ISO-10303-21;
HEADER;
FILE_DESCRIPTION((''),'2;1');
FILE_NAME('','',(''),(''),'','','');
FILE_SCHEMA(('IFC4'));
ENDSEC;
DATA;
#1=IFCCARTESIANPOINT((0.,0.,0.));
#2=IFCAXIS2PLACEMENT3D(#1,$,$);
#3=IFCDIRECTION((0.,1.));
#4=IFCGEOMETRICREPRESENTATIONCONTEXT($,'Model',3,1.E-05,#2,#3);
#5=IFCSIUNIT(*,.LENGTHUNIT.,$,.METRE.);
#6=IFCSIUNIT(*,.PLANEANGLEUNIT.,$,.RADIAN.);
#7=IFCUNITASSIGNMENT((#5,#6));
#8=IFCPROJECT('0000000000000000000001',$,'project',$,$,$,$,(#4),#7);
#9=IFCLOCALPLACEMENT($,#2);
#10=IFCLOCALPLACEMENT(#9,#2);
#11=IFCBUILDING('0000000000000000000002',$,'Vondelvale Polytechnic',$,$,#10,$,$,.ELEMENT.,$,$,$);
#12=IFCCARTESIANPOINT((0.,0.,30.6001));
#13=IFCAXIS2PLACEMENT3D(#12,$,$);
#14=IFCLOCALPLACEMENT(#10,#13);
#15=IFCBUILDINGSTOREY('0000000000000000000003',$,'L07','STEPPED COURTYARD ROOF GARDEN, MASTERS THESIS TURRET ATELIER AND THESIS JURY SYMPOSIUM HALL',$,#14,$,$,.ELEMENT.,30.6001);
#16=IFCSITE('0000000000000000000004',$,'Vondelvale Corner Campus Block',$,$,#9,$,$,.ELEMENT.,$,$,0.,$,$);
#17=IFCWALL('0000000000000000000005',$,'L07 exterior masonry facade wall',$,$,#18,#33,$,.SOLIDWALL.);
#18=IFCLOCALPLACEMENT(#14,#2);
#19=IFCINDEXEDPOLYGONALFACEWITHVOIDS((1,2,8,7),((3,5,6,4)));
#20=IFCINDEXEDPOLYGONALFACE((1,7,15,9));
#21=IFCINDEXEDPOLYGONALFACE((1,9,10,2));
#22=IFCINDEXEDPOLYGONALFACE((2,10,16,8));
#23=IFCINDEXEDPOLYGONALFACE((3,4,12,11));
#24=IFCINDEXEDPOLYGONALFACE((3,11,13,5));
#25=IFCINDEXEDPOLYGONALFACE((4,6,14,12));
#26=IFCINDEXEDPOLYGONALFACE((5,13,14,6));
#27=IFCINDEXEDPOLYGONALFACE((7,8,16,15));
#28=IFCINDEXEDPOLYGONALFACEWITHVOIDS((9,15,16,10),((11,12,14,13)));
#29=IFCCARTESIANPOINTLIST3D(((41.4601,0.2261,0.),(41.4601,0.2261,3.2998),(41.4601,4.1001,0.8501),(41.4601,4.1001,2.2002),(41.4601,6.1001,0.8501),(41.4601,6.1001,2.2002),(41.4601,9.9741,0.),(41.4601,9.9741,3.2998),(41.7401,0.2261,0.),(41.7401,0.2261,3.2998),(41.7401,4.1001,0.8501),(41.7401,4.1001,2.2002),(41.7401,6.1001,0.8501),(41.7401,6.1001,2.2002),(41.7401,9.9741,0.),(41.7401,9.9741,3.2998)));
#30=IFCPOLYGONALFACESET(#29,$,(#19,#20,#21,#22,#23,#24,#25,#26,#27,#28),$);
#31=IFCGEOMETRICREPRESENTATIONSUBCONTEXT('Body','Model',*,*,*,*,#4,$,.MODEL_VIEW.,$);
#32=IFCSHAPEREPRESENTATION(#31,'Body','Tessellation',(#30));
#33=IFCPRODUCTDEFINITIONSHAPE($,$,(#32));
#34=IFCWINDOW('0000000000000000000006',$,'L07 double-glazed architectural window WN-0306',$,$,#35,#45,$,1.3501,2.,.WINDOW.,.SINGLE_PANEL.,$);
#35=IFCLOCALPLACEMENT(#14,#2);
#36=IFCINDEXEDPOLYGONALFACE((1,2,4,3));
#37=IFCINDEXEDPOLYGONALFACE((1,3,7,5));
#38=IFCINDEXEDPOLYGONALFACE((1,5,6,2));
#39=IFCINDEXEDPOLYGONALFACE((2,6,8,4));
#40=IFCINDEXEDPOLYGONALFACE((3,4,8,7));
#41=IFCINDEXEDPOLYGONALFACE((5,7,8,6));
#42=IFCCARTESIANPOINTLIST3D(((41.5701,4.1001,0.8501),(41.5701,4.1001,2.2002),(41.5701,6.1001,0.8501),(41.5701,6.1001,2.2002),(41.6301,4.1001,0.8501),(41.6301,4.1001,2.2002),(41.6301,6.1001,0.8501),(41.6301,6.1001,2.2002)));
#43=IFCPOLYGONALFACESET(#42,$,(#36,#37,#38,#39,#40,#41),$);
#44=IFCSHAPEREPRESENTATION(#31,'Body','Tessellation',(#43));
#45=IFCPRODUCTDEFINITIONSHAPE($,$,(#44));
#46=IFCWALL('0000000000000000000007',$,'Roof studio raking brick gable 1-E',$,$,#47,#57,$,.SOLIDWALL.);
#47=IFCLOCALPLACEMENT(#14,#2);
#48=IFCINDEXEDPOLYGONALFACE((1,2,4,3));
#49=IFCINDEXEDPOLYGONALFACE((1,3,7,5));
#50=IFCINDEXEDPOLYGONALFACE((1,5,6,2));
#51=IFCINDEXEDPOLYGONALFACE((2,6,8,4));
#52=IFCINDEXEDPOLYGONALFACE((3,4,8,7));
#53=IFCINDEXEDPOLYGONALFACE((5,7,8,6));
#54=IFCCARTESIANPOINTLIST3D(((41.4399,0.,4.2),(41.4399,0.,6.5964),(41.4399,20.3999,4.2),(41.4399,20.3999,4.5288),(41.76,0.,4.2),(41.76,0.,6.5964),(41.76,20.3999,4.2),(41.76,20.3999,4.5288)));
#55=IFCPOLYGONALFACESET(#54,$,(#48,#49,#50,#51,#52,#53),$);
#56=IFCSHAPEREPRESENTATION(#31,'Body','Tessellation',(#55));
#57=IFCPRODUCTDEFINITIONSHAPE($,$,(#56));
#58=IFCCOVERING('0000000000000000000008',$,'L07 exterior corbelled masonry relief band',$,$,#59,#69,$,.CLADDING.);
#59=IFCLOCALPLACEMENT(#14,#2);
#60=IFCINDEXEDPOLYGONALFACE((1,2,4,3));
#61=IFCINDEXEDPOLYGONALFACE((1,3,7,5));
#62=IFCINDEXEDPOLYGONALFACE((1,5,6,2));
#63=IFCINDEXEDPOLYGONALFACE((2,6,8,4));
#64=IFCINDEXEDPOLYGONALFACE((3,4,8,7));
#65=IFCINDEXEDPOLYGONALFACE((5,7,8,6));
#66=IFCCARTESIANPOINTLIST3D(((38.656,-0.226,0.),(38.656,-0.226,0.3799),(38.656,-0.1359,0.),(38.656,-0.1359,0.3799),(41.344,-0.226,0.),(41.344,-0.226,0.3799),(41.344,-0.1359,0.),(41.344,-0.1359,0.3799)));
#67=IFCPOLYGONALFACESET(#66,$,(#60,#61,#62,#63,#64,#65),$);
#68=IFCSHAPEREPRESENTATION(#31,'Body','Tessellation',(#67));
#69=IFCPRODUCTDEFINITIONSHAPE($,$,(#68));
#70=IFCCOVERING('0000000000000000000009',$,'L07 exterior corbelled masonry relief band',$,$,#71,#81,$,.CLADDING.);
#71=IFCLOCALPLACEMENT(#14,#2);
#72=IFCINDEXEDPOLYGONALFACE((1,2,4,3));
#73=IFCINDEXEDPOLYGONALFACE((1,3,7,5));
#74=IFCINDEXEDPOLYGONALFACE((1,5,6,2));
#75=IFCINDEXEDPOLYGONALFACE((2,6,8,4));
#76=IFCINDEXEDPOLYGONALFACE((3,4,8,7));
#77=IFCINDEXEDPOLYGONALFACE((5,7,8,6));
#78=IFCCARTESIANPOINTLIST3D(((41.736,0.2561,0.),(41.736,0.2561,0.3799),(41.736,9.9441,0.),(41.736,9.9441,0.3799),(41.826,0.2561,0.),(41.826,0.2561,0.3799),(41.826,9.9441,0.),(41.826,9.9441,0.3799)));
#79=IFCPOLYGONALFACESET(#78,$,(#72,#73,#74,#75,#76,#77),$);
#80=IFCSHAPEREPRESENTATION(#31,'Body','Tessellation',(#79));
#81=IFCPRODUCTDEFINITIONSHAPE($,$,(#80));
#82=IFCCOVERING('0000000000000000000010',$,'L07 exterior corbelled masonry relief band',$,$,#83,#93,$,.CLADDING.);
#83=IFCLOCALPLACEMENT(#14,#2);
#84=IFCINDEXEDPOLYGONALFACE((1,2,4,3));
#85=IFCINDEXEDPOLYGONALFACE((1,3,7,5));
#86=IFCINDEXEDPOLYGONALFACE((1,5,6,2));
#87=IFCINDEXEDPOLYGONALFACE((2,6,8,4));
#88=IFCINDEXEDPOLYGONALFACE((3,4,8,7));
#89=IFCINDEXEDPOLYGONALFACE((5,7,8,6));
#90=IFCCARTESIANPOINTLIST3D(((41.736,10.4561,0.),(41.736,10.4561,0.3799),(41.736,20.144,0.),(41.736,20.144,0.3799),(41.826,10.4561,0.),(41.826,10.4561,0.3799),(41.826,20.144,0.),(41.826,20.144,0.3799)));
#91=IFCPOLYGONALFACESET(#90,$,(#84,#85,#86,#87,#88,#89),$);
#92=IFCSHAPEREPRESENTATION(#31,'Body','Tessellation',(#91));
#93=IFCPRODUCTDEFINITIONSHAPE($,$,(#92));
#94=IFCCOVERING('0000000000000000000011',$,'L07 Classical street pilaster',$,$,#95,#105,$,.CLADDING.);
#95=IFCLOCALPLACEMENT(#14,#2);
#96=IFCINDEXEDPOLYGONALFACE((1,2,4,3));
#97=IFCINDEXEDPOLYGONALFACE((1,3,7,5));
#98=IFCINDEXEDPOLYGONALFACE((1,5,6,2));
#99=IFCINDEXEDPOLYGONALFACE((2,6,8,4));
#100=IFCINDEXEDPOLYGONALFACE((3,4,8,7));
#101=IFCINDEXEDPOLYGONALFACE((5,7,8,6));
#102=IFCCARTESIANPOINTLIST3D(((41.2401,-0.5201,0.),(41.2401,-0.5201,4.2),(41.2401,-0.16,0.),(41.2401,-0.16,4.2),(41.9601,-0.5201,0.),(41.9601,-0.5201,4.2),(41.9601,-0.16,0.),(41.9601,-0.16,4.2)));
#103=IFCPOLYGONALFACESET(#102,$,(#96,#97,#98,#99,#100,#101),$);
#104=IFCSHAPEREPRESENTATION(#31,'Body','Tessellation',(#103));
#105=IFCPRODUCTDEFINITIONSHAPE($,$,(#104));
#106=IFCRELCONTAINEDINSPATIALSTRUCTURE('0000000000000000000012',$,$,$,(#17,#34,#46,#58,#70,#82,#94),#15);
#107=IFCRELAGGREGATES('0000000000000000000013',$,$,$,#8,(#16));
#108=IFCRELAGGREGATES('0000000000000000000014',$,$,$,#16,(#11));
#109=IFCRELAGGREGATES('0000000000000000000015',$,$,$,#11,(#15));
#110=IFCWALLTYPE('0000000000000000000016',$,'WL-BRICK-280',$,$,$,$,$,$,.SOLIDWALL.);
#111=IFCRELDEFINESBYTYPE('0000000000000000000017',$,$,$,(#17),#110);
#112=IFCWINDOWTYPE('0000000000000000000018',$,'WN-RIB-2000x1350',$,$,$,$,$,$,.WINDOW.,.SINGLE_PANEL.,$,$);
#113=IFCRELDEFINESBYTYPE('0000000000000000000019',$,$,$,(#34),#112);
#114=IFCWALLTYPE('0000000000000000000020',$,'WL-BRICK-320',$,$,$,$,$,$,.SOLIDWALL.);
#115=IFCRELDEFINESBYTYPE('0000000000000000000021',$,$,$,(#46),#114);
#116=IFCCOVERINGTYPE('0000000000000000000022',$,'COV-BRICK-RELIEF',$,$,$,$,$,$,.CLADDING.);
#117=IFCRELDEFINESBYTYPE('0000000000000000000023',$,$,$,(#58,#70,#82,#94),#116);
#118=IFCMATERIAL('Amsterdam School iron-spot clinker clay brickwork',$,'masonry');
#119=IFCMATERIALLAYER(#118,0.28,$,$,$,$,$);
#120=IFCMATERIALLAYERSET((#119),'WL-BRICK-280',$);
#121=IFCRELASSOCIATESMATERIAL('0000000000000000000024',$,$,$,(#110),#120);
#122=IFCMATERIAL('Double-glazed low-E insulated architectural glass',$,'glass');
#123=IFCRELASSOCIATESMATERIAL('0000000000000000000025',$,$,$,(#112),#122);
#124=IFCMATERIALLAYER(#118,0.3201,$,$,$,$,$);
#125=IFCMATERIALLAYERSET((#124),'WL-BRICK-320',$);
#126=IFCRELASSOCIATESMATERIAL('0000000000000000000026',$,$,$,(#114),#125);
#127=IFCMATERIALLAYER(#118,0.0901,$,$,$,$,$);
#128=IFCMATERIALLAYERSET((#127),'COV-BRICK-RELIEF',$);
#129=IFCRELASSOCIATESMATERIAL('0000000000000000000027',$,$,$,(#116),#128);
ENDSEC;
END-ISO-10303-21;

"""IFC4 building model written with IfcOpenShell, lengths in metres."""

from ifc_helpers import new_model, si_unit, direction, frame, frame_2d, origin, origin_2d, place, context, subcontext, project, spatial, polyline, rectangle, outline, extrude, material, layer, layer_set, type_object, element, fill, save


model = new_model("IFC4")

# Units and contexts
model_context = context("Model", 3, precision=1e-05, world=origin(), true_north=direction((0.0, 1.0)))
body_context = subcontext(model_context, "Body", "Model", "MODEL_VIEW")
ifc_project = project(units=[si_unit("LENGTHUNIT", "METRE"), si_unit("PLANEANGLEUNIT", "RADIAN")], contexts=[model_context])

# Site, building, storey
site_placement = place(None, origin())
site = spatial("IfcSite", under=ifc_project, at=site_placement, Name="Vondelvale Corner Campus Block", CompositionType="ELEMENT", RefElevation=0.0)
building_placement = place(site_placement, origin())
building = spatial("IfcBuilding", under=site, at=building_placement, Name="Vondelvale Polytechnic", CompositionType="ELEMENT")
storey_placement = place(building_placement, frame((0.0, 0.0, 30.6001)))
storey = spatial("IfcBuildingStorey", under=building, at=storey_placement, Name="L07", Description="STEPPED COURTYARD ROOF GARDEN, MASTERS THESIS TURRET ATELIER AND THESIS JURY SYMPOSIUM HALL", CompositionType="ELEMENT", Elevation=30.6001)

# Wall, opening, window
ifc_material_1 = material(Name="Amsterdam School iron-spot clinker clay brickwork", Category="masonry")
ifc_layer_1 = layer(ifc_material_1, 0.28)
ifc_layer_set_1 = layer_set([ifc_layer_1], Name="WL-BRICK-280")
wall_type_1 = type_object("IfcWallType", Name="WL-BRICK-280", PredefinedType="SOLIDWALL", material=ifc_layer_set_1)
ifc_material_2 = material(Name="Double-glazed low-E insulated architectural glass", Category="glass")
wall_1_placement = place(storey_placement, frame((41.6001, 9.9741, 0.0), z_axis=(0.0, 0.0, 1.0), x_axis=(0.0, -1.0, 0.0)))
wall_1 = element("IfcWall", 1, at=wall_1_placement, inside=storey, type_object=wall_type_1, Name="L07 exterior masonry facade wall", PredefinedType="SOLIDWALL", context=body_context, shape_type="SweptSolid", body=[
    extrude(rectangle(XDim=9.748, YDim=0.28, at=frame_2d((4.874, 0.0))), origin(), (0.0, 0.0, 1.0), 3.2998),
])
opening_1_placement = place(wall_1_placement, frame((3.874, 0.0, 0.8501)))
opening_1 = element("IfcOpeningElement", 2, at=opening_1_placement, cuts=wall_1, PredefinedType="OPENING", context=body_context, shape_type="SweptSolid", body=[
    extrude(rectangle(XDim=2.0, YDim=1.3501, at=frame_2d((1.0, 0.675))), frame((0.0, 0.1499, 0.0), z_axis=(0.0, -1.0, 0.0), x_axis=(1.0, 0.0, 0.0)), (0.0, 0.0, 1.0), 0.3),
])
window_type_1 = type_object("IfcWindowType", Name="WN-RIB-2000x1350", PartitioningType="SINGLE_PANEL", PredefinedType="WINDOW", material=ifc_material_2)
window_1_placement = place(opening_1_placement, origin())
window_1 = element("IfcWindow", 3, at=window_1_placement, inside=storey, type_object=window_type_1, Name="L07 double-glazed architectural window WN-0306", OverallHeight=1.3501, OverallWidth=2.0, PartitioningType="SINGLE_PANEL", PredefinedType="WINDOW", context=body_context, shape_type="SweptSolid", body=[
    extrude(rectangle(XDim=2.0, YDim=1.3501, at=frame_2d((1.0, 0.675))), frame((0.0, 0.03, 0.0), z_axis=(0.0, -1.0, 0.0), x_axis=(1.0, 0.0, 0.0)), (0.0, 0.0, 1.0), 0.0601),
])
fill(opening_1, window_1)

# Wall
ifc_layer_2 = layer(ifc_material_1, 0.3201)
ifc_layer_set_2 = layer_set([ifc_layer_2], Name="WL-BRICK-320")
wall_type_2 = type_object("IfcWallType", Name="WL-BRICK-320", PredefinedType="SOLIDWALL", material=ifc_layer_set_2)
wall_2_placement = place(storey_placement, frame((41.6001, 0.0, 4.2), z_axis=(0.0, 0.0, 1.0), x_axis=(0.0, 1.0, 0.0)))
element("IfcWall", 4, at=wall_2_placement, inside=storey, type_object=wall_type_2, Name="Roof studio raking brick gable 1-E", PredefinedType="SOLIDWALL", context=body_context, shape_type="SweptSolid", body=[
    extrude(outline(polyline([(0.0, 0.0), (20.3999, 0.0), (20.3999, 0.3289), (0.0, 2.3965), (0.0, 0.0)])), frame((0.0, 0.1602, 0.0), z_axis=(0.0, -1.0, 0.0), x_axis=(1.0, 0.0, 0.0)), (0.0, 0.0, 1.0), 0.3201),
])

# Coverings
ifc_layer_3 = layer(ifc_material_1, 0.0901)
ifc_layer_set_3 = layer_set([ifc_layer_3], Name="COV-BRICK-RELIEF")
covering_type = type_object("IfcCoveringType", Name="COV-BRICK-RELIEF", PredefinedType="CLADDING", material=ifc_layer_set_3)
covering_1_placement = place(storey_placement, frame((40.0, -0.1809, 0.0), z_axis=(0.0, 0.0, 1.0), x_axis=(-1.0, 0.0, 0.0)))
element("IfcCovering", 5, at=covering_1_placement, inside=storey, type_object=covering_type, Name="L07 exterior corbelled masonry relief band", PredefinedType="CLADDING", context=body_context, shape_type="SweptSolid", body=[
    extrude(rectangle(XDim=2.688, YDim=0.0901, at=origin_2d()), origin(), (0.0, 0.0, 1.0), 0.3799),
])
for number, where, z_axis, x_axis, name in (
    (6, (41.781, 5.1001, 0.0), (0.0, 0.0, 1.0), (0.0, -1.0, 0.0), "L07 exterior corbelled masonry relief band"),
    (7, (41.781, 15.3, 0.0), (0.0, 0.0, 1.0), (0.0, -1.0, 0.0), "L07 exterior corbelled masonry relief band"),
):
    element("IfcCovering", number, at=place(storey_placement, frame(where, z_axis=z_axis, x_axis=x_axis)), inside=storey, type_object=covering_type, Name=name, PredefinedType="CLADDING", context=body_context, shape_type="SweptSolid", body=[
        extrude(rectangle(XDim=9.688, YDim=0.0901, at=origin_2d()), origin(), (0.0, 0.0, 1.0), 0.3799),
    ])
covering_2_placement = place(storey_placement, frame((41.6001, -0.3401, 0.0), z_axis=(0.0, 0.0, 1.0), x_axis=(1.0, 0.0, 0.0)))
element("IfcCovering", 8, at=covering_2_placement, inside=storey, type_object=covering_type, Name="L07 Classical street pilaster", PredefinedType="CLADDING", context=body_context, shape_type="SweptSolid", body=[
    extrude(rectangle(XDim=0.72, YDim=0.3601, at=origin_2d()), origin(), (0.0, 0.0, 1.0), 4.2),
])

save(model, "model.ifc")
